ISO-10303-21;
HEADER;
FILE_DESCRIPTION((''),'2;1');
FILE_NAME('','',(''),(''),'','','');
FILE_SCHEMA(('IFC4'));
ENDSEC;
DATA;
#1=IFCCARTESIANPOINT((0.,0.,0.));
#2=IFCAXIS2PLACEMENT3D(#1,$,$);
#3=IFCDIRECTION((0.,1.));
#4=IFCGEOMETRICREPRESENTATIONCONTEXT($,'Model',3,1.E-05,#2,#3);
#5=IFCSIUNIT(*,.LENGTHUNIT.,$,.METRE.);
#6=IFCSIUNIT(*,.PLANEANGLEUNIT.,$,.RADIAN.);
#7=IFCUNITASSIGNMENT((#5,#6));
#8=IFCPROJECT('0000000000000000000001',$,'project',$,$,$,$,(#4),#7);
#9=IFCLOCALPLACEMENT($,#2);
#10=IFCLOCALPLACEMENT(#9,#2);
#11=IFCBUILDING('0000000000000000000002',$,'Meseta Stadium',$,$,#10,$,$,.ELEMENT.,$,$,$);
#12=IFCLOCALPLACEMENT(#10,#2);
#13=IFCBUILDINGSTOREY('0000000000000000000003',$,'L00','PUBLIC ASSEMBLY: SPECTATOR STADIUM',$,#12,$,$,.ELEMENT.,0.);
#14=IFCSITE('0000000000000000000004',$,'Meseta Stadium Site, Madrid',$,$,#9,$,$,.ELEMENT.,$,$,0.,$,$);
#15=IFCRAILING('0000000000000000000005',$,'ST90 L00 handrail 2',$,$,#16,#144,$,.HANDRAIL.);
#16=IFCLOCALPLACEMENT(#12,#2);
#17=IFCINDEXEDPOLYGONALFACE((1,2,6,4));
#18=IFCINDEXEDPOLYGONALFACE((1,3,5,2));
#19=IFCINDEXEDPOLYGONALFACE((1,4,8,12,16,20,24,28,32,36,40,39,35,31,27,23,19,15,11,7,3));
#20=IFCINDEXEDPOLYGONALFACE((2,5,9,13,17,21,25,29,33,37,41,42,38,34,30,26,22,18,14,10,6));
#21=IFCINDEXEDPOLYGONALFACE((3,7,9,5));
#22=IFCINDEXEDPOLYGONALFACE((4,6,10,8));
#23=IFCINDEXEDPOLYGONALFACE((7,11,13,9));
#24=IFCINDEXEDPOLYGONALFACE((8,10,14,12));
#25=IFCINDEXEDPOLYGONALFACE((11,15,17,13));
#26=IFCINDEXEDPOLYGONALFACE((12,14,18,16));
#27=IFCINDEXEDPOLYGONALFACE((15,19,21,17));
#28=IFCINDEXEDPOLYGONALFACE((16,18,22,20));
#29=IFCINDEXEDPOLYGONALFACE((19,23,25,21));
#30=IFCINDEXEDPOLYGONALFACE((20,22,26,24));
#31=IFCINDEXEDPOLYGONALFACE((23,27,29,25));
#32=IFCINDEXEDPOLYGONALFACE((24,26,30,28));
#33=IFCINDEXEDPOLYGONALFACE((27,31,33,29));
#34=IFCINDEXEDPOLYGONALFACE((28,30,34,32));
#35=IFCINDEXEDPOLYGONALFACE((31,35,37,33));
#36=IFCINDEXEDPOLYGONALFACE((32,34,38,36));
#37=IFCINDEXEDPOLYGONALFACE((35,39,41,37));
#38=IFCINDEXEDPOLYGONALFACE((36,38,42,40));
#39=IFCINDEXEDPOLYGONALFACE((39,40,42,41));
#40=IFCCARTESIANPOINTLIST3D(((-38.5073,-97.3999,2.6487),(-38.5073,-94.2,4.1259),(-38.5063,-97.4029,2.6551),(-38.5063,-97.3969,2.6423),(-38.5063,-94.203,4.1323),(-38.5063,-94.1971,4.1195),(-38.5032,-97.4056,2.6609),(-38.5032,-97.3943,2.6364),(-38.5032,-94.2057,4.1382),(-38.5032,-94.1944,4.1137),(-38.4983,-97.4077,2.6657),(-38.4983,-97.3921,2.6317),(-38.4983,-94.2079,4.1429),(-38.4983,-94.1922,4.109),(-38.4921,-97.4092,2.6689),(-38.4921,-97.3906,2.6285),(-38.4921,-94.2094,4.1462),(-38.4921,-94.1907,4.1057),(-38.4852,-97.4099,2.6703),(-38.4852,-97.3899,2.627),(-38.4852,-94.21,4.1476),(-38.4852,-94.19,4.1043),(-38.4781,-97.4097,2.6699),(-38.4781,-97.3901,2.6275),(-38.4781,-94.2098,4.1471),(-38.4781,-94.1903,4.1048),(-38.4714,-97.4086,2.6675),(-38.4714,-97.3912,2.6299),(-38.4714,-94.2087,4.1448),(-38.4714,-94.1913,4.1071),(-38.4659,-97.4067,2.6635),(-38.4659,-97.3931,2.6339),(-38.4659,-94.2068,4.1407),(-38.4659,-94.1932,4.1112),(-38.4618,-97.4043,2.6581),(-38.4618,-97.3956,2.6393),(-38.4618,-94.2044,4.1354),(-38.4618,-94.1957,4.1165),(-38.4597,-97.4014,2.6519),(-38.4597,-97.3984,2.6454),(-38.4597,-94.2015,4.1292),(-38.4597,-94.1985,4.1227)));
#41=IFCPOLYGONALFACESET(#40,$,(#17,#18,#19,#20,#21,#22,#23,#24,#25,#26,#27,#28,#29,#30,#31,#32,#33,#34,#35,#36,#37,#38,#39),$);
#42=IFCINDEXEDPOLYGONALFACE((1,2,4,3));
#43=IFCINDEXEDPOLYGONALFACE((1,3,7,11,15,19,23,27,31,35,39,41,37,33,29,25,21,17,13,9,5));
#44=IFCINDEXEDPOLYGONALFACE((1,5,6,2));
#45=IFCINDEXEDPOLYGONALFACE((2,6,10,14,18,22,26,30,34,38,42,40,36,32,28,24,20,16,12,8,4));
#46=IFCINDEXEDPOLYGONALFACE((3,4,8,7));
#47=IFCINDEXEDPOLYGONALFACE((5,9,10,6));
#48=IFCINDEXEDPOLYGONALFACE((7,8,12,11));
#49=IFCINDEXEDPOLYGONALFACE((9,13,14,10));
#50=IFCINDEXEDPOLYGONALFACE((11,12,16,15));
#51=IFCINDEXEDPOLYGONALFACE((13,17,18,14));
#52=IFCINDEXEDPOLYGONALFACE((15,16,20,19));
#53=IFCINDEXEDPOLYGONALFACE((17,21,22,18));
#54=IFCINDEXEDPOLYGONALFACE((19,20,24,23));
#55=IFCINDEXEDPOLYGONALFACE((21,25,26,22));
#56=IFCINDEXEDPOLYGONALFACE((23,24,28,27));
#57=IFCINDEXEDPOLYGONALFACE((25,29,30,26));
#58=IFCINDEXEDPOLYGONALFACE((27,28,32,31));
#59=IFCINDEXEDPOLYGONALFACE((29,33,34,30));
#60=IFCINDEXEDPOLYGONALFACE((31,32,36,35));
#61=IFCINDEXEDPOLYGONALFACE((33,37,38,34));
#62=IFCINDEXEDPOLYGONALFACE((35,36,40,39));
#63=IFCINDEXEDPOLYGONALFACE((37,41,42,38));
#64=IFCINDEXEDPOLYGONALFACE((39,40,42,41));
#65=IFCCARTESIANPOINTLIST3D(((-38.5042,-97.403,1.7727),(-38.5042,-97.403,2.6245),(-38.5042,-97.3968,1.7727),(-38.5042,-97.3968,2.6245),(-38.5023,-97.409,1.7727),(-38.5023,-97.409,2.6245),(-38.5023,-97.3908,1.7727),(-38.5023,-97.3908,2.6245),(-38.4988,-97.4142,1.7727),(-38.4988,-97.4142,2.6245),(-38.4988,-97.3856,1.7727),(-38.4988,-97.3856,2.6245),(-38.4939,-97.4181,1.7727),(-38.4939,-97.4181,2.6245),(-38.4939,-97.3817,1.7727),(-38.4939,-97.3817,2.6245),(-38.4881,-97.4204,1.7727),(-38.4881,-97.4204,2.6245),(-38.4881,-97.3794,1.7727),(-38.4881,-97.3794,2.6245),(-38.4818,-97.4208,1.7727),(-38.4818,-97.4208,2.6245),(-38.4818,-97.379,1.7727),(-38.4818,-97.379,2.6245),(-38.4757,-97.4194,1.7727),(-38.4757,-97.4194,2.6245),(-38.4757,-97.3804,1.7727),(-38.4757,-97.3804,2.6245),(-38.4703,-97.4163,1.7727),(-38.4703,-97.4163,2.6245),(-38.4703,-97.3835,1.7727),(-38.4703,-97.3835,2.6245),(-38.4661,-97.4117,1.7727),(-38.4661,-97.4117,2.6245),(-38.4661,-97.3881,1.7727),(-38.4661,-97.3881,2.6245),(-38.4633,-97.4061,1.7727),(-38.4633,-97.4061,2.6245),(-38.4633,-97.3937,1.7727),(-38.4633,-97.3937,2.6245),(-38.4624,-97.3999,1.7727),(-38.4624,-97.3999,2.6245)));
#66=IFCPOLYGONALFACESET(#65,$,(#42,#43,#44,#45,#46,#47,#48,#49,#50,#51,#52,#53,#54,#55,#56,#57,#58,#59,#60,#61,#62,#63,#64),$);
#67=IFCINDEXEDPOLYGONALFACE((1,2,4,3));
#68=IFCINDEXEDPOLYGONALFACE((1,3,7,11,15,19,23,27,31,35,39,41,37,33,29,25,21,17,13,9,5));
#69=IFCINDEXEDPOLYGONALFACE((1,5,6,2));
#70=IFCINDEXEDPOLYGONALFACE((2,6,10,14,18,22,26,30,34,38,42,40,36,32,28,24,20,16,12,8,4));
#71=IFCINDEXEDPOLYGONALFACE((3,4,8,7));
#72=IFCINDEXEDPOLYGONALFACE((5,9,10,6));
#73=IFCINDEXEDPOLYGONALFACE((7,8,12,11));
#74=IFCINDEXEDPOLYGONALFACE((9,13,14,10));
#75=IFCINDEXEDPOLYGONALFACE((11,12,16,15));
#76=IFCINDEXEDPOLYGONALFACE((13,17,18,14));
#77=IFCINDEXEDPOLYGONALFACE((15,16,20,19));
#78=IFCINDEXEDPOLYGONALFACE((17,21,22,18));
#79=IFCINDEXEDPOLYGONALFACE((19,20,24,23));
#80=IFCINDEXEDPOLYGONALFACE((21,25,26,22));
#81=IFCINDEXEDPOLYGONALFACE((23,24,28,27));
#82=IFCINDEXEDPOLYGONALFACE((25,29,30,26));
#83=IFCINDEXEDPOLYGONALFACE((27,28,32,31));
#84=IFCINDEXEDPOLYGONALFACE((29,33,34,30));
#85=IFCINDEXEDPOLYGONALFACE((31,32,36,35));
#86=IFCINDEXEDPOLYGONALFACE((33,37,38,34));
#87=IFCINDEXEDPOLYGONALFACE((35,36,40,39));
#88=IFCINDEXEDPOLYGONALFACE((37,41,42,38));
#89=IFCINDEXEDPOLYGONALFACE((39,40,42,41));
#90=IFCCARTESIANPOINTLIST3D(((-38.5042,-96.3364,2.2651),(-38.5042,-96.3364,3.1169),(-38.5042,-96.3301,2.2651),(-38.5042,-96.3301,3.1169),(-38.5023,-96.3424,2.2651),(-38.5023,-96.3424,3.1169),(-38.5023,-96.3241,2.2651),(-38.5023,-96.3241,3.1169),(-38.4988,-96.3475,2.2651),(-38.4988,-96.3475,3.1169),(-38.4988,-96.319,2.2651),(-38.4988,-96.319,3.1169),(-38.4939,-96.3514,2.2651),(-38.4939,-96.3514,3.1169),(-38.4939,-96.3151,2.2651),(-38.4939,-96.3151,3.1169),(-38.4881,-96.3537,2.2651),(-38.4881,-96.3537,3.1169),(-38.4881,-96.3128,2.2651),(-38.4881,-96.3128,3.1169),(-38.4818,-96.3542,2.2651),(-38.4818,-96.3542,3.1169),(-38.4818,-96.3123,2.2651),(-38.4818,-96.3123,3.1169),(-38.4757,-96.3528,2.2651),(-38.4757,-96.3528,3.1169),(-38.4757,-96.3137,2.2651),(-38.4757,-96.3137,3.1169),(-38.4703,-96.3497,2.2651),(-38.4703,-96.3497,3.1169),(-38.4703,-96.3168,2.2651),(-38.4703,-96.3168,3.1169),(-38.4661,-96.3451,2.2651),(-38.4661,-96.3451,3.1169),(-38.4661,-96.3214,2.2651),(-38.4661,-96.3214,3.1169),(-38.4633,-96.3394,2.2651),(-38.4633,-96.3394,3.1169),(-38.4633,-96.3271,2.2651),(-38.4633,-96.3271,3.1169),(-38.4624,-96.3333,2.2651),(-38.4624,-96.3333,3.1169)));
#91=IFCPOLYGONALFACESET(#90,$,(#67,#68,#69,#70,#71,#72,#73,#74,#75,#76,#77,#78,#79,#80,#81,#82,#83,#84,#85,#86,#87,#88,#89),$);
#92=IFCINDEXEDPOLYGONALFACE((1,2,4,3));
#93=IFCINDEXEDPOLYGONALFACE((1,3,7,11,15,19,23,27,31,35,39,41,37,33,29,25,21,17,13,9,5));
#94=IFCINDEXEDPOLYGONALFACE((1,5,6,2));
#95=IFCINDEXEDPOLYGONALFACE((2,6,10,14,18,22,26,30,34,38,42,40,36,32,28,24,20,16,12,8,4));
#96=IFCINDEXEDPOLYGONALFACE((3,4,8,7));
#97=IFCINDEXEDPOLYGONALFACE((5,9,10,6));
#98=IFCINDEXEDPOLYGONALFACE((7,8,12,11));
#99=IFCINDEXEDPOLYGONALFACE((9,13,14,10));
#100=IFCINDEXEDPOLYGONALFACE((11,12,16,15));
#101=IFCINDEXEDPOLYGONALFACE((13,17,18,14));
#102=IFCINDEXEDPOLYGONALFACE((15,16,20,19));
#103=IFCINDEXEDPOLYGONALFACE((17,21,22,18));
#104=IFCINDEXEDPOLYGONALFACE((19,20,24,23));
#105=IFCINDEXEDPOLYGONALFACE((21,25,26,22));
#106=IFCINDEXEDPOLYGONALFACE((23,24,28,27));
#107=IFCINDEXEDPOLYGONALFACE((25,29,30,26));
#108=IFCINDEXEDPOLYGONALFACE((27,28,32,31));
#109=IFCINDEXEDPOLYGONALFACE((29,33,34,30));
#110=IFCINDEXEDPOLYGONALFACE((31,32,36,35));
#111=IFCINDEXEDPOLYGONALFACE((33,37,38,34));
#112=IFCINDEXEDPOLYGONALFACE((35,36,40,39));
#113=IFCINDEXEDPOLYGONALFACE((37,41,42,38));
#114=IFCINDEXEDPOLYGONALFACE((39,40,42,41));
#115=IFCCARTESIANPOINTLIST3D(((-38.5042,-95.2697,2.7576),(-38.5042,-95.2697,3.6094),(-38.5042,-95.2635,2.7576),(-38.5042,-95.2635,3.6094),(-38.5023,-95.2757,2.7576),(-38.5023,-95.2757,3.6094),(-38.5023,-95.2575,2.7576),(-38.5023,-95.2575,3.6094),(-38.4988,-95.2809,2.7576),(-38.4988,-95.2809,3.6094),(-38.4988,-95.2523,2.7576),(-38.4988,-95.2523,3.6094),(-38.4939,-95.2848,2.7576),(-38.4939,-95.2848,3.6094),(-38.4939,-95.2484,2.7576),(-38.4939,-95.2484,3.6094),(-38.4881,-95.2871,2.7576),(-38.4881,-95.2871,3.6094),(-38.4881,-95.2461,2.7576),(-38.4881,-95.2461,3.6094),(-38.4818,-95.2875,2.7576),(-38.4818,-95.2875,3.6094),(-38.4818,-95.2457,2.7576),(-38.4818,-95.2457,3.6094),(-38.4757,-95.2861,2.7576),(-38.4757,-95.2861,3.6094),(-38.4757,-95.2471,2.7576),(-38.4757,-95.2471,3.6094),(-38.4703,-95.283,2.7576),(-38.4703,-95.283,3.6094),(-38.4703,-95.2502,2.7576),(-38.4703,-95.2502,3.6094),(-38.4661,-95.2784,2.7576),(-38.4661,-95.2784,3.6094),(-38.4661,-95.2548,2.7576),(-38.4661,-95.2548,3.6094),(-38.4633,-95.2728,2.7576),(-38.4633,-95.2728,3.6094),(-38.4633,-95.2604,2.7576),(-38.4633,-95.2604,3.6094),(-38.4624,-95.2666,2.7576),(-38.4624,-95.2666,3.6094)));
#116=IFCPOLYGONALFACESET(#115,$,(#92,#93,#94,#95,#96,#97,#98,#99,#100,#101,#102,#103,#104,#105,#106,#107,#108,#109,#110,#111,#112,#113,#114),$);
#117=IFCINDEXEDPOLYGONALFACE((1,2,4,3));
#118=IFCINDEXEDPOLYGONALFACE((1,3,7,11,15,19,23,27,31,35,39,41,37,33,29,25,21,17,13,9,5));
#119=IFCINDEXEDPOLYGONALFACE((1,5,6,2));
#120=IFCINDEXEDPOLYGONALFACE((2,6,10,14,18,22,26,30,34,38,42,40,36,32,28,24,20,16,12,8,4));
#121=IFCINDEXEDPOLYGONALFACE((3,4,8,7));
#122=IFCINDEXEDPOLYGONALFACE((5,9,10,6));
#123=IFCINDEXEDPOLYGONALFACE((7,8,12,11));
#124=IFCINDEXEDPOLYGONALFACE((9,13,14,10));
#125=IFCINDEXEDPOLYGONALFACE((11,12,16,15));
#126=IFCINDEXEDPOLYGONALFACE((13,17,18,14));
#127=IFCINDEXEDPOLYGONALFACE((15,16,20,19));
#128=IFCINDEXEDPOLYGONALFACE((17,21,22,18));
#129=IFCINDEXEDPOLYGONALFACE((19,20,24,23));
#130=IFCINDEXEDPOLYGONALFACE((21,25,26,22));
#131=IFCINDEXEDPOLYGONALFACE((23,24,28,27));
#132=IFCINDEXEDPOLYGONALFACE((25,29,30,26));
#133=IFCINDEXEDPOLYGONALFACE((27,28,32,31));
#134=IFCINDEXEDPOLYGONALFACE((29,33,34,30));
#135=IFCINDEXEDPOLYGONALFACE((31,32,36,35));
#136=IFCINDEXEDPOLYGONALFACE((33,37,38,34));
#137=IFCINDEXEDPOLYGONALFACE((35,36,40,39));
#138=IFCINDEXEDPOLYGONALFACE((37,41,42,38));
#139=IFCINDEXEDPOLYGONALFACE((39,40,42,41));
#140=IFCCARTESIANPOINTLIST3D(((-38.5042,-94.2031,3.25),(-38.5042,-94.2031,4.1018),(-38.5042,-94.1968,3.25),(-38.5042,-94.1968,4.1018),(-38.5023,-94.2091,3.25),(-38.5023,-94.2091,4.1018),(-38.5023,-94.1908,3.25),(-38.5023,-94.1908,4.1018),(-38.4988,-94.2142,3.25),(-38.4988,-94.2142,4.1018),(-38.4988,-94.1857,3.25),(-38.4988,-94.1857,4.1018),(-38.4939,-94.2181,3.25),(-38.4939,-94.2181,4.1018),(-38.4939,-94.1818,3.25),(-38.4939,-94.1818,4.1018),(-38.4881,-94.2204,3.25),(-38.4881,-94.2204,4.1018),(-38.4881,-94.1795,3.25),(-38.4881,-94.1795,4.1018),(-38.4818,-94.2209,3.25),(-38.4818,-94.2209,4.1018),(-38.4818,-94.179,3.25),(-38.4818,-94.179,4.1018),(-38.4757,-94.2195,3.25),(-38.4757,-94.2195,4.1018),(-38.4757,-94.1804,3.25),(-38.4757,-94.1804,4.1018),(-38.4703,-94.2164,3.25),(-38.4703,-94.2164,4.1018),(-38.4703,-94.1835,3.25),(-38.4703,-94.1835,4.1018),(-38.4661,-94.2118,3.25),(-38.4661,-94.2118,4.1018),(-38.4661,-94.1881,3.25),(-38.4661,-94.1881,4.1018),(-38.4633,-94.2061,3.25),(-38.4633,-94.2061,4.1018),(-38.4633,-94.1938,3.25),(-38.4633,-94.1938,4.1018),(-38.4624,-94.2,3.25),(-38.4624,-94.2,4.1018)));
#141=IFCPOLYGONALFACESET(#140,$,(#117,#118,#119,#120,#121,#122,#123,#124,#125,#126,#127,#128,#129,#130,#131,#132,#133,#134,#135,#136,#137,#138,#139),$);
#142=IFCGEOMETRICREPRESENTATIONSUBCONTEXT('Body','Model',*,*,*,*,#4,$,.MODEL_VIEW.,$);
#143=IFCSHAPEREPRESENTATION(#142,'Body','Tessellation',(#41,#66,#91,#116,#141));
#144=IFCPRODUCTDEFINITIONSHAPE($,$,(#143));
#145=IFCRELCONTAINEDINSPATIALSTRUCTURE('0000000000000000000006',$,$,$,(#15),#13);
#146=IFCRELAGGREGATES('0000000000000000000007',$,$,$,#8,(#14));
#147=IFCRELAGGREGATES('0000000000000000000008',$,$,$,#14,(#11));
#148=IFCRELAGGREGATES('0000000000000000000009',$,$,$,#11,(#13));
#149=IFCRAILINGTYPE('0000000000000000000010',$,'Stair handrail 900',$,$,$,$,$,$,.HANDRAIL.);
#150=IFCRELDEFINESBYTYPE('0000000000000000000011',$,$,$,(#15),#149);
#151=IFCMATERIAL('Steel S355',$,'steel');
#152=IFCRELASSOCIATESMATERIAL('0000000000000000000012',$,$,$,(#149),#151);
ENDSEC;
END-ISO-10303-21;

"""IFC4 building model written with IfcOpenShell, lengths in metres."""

from ifc_helpers import new_model, si_unit, direction, frame, origin, origin_2d, place, context, subcontext, project, spatial, circle, extrude, material, type_object, element, save


model = new_model("IFC4")

# Units and contexts
model_context = context("Model", 3, precision=1e-05, world=origin(), true_north=direction((0.0, 1.0)))
body_context = subcontext(model_context, "Body", "Model", "MODEL_VIEW")
ifc_project = project(units=[si_unit("LENGTHUNIT", "METRE"), si_unit("PLANEANGLEUNIT", "RADIAN")], contexts=[model_context])

# Site, building, storey
site_placement = place(None, origin())
site = spatial("IfcSite", under=ifc_project, at=site_placement, Name="Meseta Stadium Site, Madrid", CompositionType="ELEMENT", RefElevation=0.0)
building_placement = place(site_placement, origin())
building = spatial("IfcBuilding", under=site, at=building_placement, Name="Meseta Stadium", CompositionType="ELEMENT")
storey_placement = place(building_placement, origin())
storey = spatial("IfcBuildingStorey", under=building, at=storey_placement, Name="L00", Description="PUBLIC ASSEMBLY: SPECTATOR STADIUM", CompositionType="ELEMENT", Elevation=0.0)

# Railing
ifc_material_1 = material(Name="Steel S355", Category="steel")
railing_type_1 = type_object("IfcRailingType", Name="Stair handrail 900", PredefinedType="HANDRAIL", material=ifc_material_1)
for number, where, name in (
    (1, (-38.4834, -97.3999, 1.7727), "ST90 L00 handrail 2"),
):
    element("IfcRailing", number, at=place(storey_placement, frame(where)), inside=storey, type_object=railing_type_1, Name=name, PredefinedType="HANDRAIL", context=body_context, shape_type="SweptSolid", body=[
        extrude(circle(Radius=0.0239, at=origin_2d()), frame((0.0, 0.0, 0.876), z_axis=(0.0, 0.907917, 0.41915), x_axis=(-1.0, 0.0, 0.0)), (0.0, 0.0, 1.0), 3.5244),
        extrude(circle(Radius=0.021, at=origin_2d()), origin(), (0.0, 0.0, 1.0), 0.8518),
        extrude(circle(Radius=0.021, at=origin_2d()), frame((0.0, 1.0667, 0.4924)), (0.0, 0.0, 1.0), 0.8518),
        extrude(circle(Radius=0.021, at=origin_2d()), frame((0.0, 2.1333, 0.9849)), (0.0, 0.0, 1.0), 0.8518),
        extrude(circle(Radius=0.021, at=origin_2d()), frame((0.0, 3.2, 1.4773)), (0.0, 0.0, 1.0), 0.8518),
    ])

save(model, "model.ifc")
